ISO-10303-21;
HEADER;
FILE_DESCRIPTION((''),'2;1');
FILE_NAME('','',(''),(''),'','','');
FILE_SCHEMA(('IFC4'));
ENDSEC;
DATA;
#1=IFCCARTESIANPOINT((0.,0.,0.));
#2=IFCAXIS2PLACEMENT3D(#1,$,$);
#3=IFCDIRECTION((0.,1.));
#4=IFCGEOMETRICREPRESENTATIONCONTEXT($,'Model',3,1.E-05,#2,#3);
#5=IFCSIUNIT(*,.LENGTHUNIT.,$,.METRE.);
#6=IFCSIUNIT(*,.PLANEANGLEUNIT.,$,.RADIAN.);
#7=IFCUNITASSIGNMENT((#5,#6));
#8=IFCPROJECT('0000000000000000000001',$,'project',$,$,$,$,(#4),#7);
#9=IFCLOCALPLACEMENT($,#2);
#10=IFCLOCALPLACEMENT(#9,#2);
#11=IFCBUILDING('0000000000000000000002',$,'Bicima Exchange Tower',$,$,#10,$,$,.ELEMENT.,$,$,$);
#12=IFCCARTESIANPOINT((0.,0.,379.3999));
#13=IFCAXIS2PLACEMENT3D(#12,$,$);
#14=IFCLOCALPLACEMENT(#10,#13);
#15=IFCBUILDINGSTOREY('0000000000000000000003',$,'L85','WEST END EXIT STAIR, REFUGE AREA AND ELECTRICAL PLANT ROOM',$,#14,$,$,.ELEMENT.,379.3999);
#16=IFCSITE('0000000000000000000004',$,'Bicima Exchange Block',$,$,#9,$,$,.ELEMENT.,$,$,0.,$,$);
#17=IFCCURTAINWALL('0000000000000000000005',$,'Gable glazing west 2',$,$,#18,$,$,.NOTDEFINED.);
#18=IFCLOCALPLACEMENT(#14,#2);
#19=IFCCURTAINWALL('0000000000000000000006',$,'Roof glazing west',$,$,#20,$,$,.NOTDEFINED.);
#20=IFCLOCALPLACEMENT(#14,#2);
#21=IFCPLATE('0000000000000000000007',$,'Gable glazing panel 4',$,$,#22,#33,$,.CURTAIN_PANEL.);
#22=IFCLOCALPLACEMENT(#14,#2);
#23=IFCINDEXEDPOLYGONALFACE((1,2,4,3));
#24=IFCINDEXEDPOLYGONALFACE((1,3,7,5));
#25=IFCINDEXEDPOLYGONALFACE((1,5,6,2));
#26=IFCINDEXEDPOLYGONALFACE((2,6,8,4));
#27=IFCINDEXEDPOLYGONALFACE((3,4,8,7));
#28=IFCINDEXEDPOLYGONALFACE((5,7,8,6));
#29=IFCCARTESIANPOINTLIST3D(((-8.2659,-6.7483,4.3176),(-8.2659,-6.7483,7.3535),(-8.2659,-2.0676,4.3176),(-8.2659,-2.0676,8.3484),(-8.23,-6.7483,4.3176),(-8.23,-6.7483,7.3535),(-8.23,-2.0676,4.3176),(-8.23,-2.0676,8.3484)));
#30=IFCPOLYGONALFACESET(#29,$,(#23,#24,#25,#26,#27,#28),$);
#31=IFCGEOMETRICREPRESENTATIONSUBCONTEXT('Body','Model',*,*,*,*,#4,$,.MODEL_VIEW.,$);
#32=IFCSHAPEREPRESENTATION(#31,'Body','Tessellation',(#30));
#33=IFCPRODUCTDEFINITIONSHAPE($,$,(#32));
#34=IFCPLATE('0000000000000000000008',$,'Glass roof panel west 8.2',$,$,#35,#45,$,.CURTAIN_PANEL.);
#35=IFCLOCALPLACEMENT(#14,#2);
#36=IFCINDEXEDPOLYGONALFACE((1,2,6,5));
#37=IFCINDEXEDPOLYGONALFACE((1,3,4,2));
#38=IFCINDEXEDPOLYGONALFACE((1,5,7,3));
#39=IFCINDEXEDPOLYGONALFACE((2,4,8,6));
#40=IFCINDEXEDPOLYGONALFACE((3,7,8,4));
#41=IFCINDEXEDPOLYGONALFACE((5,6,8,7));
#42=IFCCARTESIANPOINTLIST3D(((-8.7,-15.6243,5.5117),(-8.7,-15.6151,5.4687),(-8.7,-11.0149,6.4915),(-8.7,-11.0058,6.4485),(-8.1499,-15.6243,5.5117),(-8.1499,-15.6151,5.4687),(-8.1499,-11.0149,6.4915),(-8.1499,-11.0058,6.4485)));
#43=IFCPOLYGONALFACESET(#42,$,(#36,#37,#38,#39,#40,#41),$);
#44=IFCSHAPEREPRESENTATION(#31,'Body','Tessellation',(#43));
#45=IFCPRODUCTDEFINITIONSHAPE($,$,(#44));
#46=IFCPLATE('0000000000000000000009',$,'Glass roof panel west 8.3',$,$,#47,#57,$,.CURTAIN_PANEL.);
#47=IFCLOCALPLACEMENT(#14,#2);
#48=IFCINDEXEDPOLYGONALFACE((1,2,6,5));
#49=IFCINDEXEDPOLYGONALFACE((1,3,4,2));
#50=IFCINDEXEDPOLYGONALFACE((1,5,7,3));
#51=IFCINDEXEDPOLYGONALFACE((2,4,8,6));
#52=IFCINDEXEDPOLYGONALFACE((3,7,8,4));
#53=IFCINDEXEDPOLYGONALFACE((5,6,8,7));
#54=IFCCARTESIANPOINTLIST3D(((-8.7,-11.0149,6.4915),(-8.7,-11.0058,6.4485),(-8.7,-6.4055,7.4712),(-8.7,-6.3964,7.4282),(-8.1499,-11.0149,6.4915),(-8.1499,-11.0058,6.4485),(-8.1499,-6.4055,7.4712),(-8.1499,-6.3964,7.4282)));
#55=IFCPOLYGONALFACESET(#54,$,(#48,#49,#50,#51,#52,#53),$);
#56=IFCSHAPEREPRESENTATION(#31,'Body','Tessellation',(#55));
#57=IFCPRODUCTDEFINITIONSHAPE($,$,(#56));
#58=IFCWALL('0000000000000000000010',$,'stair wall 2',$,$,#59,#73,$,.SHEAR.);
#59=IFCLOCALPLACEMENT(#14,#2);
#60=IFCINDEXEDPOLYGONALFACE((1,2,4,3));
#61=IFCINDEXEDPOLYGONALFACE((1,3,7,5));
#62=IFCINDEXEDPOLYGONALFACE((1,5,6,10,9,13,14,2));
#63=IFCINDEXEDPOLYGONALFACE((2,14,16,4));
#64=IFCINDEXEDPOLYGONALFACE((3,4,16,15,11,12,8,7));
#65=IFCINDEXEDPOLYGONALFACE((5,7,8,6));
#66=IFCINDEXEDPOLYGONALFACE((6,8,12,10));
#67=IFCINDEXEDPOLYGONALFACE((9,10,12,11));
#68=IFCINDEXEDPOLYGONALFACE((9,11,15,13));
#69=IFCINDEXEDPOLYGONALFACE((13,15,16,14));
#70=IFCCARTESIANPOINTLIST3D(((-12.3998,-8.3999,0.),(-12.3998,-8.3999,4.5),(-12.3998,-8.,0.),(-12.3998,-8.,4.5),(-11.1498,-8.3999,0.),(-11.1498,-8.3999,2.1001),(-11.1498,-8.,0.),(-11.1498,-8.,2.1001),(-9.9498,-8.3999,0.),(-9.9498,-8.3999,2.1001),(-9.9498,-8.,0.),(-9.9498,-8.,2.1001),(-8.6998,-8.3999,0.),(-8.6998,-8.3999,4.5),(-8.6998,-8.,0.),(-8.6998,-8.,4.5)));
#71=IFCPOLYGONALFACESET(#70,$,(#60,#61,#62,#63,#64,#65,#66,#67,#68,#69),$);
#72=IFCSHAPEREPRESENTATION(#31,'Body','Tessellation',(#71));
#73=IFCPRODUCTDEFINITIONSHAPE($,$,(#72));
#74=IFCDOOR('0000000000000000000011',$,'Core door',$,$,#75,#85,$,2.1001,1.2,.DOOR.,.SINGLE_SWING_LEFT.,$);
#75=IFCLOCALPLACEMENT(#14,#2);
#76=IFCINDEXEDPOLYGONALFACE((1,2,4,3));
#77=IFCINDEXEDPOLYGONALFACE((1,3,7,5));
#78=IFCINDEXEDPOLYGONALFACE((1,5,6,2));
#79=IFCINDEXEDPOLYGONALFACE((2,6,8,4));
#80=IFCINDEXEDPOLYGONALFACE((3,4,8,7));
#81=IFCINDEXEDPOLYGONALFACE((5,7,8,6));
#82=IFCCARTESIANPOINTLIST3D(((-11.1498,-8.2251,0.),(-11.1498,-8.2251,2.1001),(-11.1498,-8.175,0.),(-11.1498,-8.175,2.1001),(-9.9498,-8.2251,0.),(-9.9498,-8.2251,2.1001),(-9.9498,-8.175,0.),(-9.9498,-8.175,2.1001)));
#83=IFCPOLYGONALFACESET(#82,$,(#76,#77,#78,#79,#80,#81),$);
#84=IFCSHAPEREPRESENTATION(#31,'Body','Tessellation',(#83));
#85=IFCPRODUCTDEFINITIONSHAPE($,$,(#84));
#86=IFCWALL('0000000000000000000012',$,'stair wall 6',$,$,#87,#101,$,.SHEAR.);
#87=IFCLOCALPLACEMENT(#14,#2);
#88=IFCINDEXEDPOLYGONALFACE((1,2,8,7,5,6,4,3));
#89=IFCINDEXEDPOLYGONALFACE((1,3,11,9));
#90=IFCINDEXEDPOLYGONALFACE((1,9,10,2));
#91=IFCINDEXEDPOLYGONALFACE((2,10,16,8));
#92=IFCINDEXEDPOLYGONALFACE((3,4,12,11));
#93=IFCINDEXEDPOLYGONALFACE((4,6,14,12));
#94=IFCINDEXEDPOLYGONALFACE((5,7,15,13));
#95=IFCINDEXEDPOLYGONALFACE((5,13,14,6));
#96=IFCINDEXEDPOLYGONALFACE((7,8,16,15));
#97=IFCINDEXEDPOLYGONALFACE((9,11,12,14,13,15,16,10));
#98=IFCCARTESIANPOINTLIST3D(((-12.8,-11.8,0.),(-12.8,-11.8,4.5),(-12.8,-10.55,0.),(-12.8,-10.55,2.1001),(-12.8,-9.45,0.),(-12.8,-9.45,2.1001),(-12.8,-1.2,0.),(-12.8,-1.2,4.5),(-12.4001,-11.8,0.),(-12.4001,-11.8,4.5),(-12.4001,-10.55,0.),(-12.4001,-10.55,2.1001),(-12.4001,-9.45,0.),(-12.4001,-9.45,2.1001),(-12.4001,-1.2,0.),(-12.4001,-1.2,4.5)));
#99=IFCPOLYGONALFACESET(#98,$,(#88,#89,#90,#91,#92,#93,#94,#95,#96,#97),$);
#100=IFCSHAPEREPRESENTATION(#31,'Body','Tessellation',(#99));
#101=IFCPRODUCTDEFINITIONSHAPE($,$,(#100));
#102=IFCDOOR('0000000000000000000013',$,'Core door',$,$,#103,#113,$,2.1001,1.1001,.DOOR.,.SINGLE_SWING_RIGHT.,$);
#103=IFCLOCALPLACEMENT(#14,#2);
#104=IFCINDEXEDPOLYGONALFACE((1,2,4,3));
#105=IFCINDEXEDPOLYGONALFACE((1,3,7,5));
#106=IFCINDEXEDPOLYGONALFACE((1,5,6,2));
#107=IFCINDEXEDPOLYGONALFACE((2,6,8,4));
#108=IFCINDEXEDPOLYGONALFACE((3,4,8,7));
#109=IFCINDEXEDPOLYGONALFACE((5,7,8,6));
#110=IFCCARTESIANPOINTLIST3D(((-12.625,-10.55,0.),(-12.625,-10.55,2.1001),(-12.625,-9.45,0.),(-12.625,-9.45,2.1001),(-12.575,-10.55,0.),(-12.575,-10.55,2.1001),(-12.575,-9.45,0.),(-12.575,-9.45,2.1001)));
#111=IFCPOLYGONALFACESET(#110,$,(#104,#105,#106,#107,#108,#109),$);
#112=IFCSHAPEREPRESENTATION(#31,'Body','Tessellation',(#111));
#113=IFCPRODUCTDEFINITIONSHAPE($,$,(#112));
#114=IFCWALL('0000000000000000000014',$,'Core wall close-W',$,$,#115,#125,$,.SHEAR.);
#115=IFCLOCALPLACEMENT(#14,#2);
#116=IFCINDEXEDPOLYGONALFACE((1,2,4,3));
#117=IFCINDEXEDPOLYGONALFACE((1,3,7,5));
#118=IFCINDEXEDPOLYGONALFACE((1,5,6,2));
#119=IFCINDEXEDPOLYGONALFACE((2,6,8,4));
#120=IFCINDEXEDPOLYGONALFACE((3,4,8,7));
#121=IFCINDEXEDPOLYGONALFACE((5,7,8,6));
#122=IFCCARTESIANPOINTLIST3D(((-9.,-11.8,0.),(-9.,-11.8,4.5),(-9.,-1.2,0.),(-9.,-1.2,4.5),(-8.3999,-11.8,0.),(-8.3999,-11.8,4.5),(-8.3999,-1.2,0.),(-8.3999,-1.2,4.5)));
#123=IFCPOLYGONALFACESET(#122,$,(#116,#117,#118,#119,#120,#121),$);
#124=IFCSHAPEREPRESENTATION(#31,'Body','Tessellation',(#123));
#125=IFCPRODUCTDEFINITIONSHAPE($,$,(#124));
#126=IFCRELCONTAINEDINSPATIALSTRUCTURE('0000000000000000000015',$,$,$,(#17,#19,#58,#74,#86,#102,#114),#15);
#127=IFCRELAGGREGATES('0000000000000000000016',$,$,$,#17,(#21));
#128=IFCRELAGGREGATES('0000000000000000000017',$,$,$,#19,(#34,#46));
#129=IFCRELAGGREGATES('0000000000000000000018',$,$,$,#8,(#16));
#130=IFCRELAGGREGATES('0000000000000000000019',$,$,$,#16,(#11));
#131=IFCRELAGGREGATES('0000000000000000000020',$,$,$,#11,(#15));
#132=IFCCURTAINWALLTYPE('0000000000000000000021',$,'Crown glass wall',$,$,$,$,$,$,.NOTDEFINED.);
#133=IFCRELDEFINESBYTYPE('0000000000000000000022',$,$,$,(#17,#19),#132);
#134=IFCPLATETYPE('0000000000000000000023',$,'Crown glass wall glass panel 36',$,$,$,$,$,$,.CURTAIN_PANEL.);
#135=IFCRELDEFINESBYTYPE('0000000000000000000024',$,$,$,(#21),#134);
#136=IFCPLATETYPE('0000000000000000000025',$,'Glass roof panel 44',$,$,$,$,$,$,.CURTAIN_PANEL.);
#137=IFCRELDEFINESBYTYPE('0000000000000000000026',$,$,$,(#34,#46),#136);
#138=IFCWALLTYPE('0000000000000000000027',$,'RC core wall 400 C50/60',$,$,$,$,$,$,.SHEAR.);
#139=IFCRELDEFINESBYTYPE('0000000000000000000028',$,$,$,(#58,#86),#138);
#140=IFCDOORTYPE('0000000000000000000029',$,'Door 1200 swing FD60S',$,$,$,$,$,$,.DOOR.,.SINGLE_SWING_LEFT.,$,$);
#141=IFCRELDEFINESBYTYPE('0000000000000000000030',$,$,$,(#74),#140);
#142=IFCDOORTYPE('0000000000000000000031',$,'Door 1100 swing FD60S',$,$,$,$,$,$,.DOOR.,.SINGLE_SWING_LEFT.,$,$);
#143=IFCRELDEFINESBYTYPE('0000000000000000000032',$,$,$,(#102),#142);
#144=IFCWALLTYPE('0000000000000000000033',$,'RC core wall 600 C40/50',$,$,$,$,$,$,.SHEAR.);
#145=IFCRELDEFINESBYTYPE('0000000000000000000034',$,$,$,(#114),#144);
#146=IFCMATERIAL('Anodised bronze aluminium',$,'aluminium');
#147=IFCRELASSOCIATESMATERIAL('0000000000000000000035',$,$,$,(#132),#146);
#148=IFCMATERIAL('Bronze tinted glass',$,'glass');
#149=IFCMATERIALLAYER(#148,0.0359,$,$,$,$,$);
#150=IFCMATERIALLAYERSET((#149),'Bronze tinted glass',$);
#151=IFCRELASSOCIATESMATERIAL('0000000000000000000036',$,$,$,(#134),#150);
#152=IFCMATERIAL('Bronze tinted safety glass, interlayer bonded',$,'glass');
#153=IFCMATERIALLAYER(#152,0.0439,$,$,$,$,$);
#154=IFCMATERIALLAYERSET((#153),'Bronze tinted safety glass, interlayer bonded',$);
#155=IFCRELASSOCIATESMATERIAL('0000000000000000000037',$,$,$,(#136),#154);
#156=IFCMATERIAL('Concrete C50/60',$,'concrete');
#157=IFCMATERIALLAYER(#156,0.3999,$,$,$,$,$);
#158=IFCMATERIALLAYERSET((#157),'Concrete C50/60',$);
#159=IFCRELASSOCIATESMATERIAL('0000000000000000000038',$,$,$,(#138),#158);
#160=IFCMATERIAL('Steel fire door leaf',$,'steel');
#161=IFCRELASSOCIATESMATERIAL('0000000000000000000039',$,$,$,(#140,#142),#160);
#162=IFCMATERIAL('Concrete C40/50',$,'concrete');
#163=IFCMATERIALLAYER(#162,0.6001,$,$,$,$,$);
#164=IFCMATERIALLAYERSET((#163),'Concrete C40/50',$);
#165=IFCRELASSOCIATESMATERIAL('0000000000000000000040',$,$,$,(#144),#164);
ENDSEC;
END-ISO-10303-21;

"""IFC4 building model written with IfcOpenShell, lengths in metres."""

from ifc_helpers import new_model, si_unit, direction, frame, frame_2d, origin, place, context, subcontext, project, spatial, polyline, rectangle, outline, extrude, material, layer, layer_set, type_object, element, fill, aggregate, save


model = new_model("IFC4")

# Units and contexts
model_context = context("Model", 3, precision=1e-05, world=origin(), true_north=direction((0.0, 1.0)))
body_context = subcontext(model_context, "Body", "Model", "MODEL_VIEW")
ifc_project = project(units=[si_unit("LENGTHUNIT", "METRE"), si_unit("PLANEANGLEUNIT", "RADIAN")], contexts=[model_context])

# Site, building, storey
site_placement = place(None, origin())
site = spatial("IfcSite", under=ifc_project, at=site_placement, Name="Bicima Exchange Block", CompositionType="ELEMENT", RefElevation=0.0)
building_placement = place(site_placement, origin())
building = spatial("IfcBuilding", under=site, at=building_placement, Name="Bicima Exchange Tower", CompositionType="ELEMENT")
storey_placement = place(building_placement, frame((0.0, 0.0, 379.3999)))
storey = spatial("IfcBuildingStorey", under=building, at=storey_placement, Name="L85", Description="WEST END EXIT STAIR, REFUGE AREA AND ELECTRICAL PLANT ROOM", CompositionType="ELEMENT", Elevation=379.3999)

# Curtain wall
ifc_material_1 = material(Name="Anodised bronze aluminium", Category="aluminium")
curtain_wall_type = type_object("IfcCurtainWallType", Name="Crown glass wall", PredefinedType="NOTDEFINED", material=ifc_material_1)
curtain_wall_1_placement = place(storey_placement, origin())
curtain_wall_1 = element("IfcCurtainWall", 1, at=curtain_wall_1_placement, inside=storey, type_object=curtain_wall_type, Name="Gable glazing west 2", PredefinedType="NOTDEFINED")

# Curtain wall
curtain_wall_2_placement = place(storey_placement, origin())
curtain_wall_2 = element("IfcCurtainWall", 2, at=curtain_wall_2_placement, inside=storey, type_object=curtain_wall_type, Name="Roof glazing west", PredefinedType="NOTDEFINED")

# Plates
ifc_material_2 = material(Name="Bronze tinted glass", Category="glass")
ifc_layer_1 = layer(ifc_material_2, 0.0359)
ifc_layer_set_1 = layer_set([ifc_layer_1], Name="Bronze tinted glass")
plate_type_1 = type_object("IfcPlateType", Name="Crown glass wall glass panel 36", PredefinedType="CURTAIN_PANEL", material=ifc_layer_set_1)
plate_1_placement = place(storey_placement, frame((-8.23, -6.7483, 4.3176), z_axis=(1.0, 0.0, 0.0), x_axis=(0.0, 1.0, 0.0)))
plate_1 = element("IfcPlate", 3, at=plate_1_placement, type_object=plate_type_1, Name="Gable glazing panel 4", PredefinedType="CURTAIN_PANEL", context=body_context, shape_type="SweptSolid", body=[
    extrude(outline(polyline([(0.0, 0.0), (4.6807, 0.0), (4.6807, 4.0308), (0.0, 3.0359), (0.0, 0.0)])), origin(), (0.0, 0.0, -1.0), 0.0359),
])
aggregate(curtain_wall_1, [plate_1])
ifc_material_3 = material(Name="Bronze tinted safety glass, interlayer bonded", Category="glass")
ifc_layer_2 = layer(ifc_material_3, 0.0439)
ifc_layer_set_2 = layer_set([ifc_layer_2], Name="Bronze tinted safety glass, interlayer bonded")
plate_type_2 = type_object("IfcPlateType", Name="Glass roof panel 44", PredefinedType="CURTAIN_PANEL", material=ifc_layer_set_2)
plate_2_placement = place(storey_placement, frame((-8.1499, -15.6243, 5.5117), z_axis=(0.0, -0.207908, 0.978148), x_axis=(-1.0, 0.0, 0.0)))
plate_2 = element("IfcPlate", 4, at=plate_2_placement, type_object=plate_type_2, Name="Glass roof panel west 8.2", PredefinedType="CURTAIN_PANEL", context=body_context, shape_type="SweptSolid", body=[
    extrude(outline(polyline([(0.0, 0.0), (0.55, 0.0), (0.55, -4.7123), (0.0, -4.7123), (0.0, 0.0)])), origin(), (0.0, 0.0, -1.0), 0.0439),
])
plate_3_placement = place(storey_placement, frame((-8.1499, -11.0149, 6.4915), z_axis=(0.0, -0.207908, 0.978148), x_axis=(-1.0, 0.0, 0.0)))
plate_3 = element("IfcPlate", 5, at=plate_3_placement, type_object=plate_type_2, Name="Glass roof panel west 8.3", PredefinedType="CURTAIN_PANEL", context=body_context, shape_type="SweptSolid", body=[
    extrude(outline(polyline([(0.0, 0.0), (0.55, 0.0), (0.55, -4.7123), (0.0, -4.7123), (0.0, 0.0)])), origin(), (0.0, 0.0, -1.0), 0.0439),
])
aggregate(curtain_wall_2, [plate_2, plate_3])

# Walls, openings, doors
ifc_material_4 = material(Name="Concrete C50/60", Category="concrete")
ifc_layer_3 = layer(ifc_material_4, 0.3999)
ifc_layer_set_3 = layer_set([ifc_layer_3], Name="Concrete C50/60")
wall_type_1 = type_object("IfcWallType", Name="RC core wall 400 C50/60", PredefinedType="SHEAR", material=ifc_layer_set_3)
wall_1_placement = place(storey_placement, frame((-12.3999, -8.2, 0.0), z_axis=(0.0, 0.0, 1.0), x_axis=(1.0, 0.0, 0.0)))
wall_1 = element("IfcWall", 6, at=wall_1_placement, inside=storey, type_object=wall_type_1, Name="stair wall 2", PredefinedType="SHEAR", context=body_context, shape_type="SweptSolid", body=[
    extrude(rectangle(XDim=3.7, YDim=0.3999, at=frame_2d((1.8501, 0.0))), origin(), (0.0, 0.0, 1.0), 4.5),
])
opening_1_placement = place(wall_1_placement, frame((1.25, 0.0, 0.0)))
opening_1 = element("IfcOpeningElement", 7, at=opening_1_placement, cuts=wall_1, PredefinedType="OPENING", context=body_context, shape_type="SweptSolid", body=[
    extrude(rectangle(XDim=1.2, YDim=2.1001, at=frame_2d((0.6001, 1.05))), frame((0.0, 0.2119, 0.0), z_axis=(0.0, -1.0, 0.0), x_axis=(1.0, 0.0, 0.0)), (0.0, 0.0, 1.0), 0.4238),
])
ifc_material_5 = material(Name="Steel fire door leaf", Category="steel")
door_type_1 = type_object("IfcDoorType", Name="Door 1200 swing FD60S", OperationType="SINGLE_SWING_LEFT", PredefinedType="DOOR", material=ifc_material_5)
door_1_placement = place(opening_1_placement, origin())
door_1 = element("IfcDoor", 8, at=door_1_placement, inside=storey, type_object=door_type_1, Name="Core door", OperationType="SINGLE_SWING_LEFT", OverallHeight=2.1001, OverallWidth=1.2, PredefinedType="DOOR", context=body_context, shape_type="SweptSolid", body=[
    extrude(rectangle(XDim=1.2, YDim=2.1001, at=frame_2d((0.6001, 1.05))), frame((0.0, 0.0249, 0.0), z_axis=(0.0, -1.0, 0.0), x_axis=(1.0, 0.0, 0.0)), (0.0, 0.0, 1.0), 0.05),
])
fill(opening_1, door_1)
wall_2_placement = place(storey_placement, frame((-12.6001, -11.8, 0.0), z_axis=(0.0, 0.0, 1.0), x_axis=(0.0, 1.0, 0.0)))
wall_2 = element("IfcWall", 9, at=wall_2_placement, inside=storey, type_object=wall_type_1, Name="stair wall 6", PredefinedType="SHEAR", context=body_context, shape_type="SweptSolid", body=[
    extrude(rectangle(XDim=10.6001, YDim=0.3999, at=frame_2d((5.3, 0.0))), origin(), (0.0, 0.0, 1.0), 4.5),
])
opening_2_placement = place(wall_2_placement, frame((1.25, 0.0, 0.0)))
opening_2 = element("IfcOpeningElement", 10, at=opening_2_placement, cuts=wall_2, PredefinedType="OPENING", context=body_context, shape_type="SweptSolid", body=[
    extrude(rectangle(XDim=1.1001, YDim=2.1001, at=frame_2d((0.55, 1.05))), frame((0.0, 0.2119, 0.0), z_axis=(0.0, -1.0, 0.0), x_axis=(1.0, 0.0, 0.0)), (0.0, 0.0, 1.0), 0.4238),
])
door_type_2 = type_object("IfcDoorType", Name="Door 1100 swing FD60S", OperationType="SINGLE_SWING_LEFT", PredefinedType="DOOR", material=ifc_material_5)
door_2_placement = place(opening_2_placement, origin())
door_2 = element("IfcDoor", 11, at=door_2_placement, inside=storey, type_object=door_type_2, Name="Core door", OperationType="SINGLE_SWING_RIGHT", OverallHeight=2.1001, OverallWidth=1.1001, PredefinedType="DOOR", context=body_context, shape_type="SweptSolid", body=[
    extrude(rectangle(XDim=1.1001, YDim=2.1001, at=frame_2d((0.55, 1.05))), frame((0.0, 0.0249, 0.0), z_axis=(0.0, -1.0, 0.0), x_axis=(1.0, 0.0, 0.0)), (0.0, 0.0, 1.0), 0.05),
])
fill(opening_2, door_2)

# Wall
ifc_material_6 = material(Name="Concrete C40/50", Category="concrete")
ifc_layer_4 = layer(ifc_material_6, 0.6001)
ifc_layer_set_4 = layer_set([ifc_layer_4], Name="Concrete C40/50")
wall_type_2 = type_object("IfcWallType", Name="RC core wall 600 C40/50", PredefinedType="SHEAR", material=ifc_layer_set_4)
wall_3_placement = place(storey_placement, frame((-8.7, -11.8, 0.0), z_axis=(0.0, 0.0, 1.0), x_axis=(0.0, 1.0, 0.0)))
element("IfcWall", 12, at=wall_3_placement, inside=storey, type_object=wall_type_2, Name="Core wall close-W", PredefinedType="SHEAR", context=body_context, shape_type="SweptSolid", body=[
    extrude(rectangle(XDim=10.6001, YDim=0.6001, at=frame_2d((5.3, 0.0))), origin(), (0.0, 0.0, 1.0), 4.5),
])

save(model, "model.ifc")
